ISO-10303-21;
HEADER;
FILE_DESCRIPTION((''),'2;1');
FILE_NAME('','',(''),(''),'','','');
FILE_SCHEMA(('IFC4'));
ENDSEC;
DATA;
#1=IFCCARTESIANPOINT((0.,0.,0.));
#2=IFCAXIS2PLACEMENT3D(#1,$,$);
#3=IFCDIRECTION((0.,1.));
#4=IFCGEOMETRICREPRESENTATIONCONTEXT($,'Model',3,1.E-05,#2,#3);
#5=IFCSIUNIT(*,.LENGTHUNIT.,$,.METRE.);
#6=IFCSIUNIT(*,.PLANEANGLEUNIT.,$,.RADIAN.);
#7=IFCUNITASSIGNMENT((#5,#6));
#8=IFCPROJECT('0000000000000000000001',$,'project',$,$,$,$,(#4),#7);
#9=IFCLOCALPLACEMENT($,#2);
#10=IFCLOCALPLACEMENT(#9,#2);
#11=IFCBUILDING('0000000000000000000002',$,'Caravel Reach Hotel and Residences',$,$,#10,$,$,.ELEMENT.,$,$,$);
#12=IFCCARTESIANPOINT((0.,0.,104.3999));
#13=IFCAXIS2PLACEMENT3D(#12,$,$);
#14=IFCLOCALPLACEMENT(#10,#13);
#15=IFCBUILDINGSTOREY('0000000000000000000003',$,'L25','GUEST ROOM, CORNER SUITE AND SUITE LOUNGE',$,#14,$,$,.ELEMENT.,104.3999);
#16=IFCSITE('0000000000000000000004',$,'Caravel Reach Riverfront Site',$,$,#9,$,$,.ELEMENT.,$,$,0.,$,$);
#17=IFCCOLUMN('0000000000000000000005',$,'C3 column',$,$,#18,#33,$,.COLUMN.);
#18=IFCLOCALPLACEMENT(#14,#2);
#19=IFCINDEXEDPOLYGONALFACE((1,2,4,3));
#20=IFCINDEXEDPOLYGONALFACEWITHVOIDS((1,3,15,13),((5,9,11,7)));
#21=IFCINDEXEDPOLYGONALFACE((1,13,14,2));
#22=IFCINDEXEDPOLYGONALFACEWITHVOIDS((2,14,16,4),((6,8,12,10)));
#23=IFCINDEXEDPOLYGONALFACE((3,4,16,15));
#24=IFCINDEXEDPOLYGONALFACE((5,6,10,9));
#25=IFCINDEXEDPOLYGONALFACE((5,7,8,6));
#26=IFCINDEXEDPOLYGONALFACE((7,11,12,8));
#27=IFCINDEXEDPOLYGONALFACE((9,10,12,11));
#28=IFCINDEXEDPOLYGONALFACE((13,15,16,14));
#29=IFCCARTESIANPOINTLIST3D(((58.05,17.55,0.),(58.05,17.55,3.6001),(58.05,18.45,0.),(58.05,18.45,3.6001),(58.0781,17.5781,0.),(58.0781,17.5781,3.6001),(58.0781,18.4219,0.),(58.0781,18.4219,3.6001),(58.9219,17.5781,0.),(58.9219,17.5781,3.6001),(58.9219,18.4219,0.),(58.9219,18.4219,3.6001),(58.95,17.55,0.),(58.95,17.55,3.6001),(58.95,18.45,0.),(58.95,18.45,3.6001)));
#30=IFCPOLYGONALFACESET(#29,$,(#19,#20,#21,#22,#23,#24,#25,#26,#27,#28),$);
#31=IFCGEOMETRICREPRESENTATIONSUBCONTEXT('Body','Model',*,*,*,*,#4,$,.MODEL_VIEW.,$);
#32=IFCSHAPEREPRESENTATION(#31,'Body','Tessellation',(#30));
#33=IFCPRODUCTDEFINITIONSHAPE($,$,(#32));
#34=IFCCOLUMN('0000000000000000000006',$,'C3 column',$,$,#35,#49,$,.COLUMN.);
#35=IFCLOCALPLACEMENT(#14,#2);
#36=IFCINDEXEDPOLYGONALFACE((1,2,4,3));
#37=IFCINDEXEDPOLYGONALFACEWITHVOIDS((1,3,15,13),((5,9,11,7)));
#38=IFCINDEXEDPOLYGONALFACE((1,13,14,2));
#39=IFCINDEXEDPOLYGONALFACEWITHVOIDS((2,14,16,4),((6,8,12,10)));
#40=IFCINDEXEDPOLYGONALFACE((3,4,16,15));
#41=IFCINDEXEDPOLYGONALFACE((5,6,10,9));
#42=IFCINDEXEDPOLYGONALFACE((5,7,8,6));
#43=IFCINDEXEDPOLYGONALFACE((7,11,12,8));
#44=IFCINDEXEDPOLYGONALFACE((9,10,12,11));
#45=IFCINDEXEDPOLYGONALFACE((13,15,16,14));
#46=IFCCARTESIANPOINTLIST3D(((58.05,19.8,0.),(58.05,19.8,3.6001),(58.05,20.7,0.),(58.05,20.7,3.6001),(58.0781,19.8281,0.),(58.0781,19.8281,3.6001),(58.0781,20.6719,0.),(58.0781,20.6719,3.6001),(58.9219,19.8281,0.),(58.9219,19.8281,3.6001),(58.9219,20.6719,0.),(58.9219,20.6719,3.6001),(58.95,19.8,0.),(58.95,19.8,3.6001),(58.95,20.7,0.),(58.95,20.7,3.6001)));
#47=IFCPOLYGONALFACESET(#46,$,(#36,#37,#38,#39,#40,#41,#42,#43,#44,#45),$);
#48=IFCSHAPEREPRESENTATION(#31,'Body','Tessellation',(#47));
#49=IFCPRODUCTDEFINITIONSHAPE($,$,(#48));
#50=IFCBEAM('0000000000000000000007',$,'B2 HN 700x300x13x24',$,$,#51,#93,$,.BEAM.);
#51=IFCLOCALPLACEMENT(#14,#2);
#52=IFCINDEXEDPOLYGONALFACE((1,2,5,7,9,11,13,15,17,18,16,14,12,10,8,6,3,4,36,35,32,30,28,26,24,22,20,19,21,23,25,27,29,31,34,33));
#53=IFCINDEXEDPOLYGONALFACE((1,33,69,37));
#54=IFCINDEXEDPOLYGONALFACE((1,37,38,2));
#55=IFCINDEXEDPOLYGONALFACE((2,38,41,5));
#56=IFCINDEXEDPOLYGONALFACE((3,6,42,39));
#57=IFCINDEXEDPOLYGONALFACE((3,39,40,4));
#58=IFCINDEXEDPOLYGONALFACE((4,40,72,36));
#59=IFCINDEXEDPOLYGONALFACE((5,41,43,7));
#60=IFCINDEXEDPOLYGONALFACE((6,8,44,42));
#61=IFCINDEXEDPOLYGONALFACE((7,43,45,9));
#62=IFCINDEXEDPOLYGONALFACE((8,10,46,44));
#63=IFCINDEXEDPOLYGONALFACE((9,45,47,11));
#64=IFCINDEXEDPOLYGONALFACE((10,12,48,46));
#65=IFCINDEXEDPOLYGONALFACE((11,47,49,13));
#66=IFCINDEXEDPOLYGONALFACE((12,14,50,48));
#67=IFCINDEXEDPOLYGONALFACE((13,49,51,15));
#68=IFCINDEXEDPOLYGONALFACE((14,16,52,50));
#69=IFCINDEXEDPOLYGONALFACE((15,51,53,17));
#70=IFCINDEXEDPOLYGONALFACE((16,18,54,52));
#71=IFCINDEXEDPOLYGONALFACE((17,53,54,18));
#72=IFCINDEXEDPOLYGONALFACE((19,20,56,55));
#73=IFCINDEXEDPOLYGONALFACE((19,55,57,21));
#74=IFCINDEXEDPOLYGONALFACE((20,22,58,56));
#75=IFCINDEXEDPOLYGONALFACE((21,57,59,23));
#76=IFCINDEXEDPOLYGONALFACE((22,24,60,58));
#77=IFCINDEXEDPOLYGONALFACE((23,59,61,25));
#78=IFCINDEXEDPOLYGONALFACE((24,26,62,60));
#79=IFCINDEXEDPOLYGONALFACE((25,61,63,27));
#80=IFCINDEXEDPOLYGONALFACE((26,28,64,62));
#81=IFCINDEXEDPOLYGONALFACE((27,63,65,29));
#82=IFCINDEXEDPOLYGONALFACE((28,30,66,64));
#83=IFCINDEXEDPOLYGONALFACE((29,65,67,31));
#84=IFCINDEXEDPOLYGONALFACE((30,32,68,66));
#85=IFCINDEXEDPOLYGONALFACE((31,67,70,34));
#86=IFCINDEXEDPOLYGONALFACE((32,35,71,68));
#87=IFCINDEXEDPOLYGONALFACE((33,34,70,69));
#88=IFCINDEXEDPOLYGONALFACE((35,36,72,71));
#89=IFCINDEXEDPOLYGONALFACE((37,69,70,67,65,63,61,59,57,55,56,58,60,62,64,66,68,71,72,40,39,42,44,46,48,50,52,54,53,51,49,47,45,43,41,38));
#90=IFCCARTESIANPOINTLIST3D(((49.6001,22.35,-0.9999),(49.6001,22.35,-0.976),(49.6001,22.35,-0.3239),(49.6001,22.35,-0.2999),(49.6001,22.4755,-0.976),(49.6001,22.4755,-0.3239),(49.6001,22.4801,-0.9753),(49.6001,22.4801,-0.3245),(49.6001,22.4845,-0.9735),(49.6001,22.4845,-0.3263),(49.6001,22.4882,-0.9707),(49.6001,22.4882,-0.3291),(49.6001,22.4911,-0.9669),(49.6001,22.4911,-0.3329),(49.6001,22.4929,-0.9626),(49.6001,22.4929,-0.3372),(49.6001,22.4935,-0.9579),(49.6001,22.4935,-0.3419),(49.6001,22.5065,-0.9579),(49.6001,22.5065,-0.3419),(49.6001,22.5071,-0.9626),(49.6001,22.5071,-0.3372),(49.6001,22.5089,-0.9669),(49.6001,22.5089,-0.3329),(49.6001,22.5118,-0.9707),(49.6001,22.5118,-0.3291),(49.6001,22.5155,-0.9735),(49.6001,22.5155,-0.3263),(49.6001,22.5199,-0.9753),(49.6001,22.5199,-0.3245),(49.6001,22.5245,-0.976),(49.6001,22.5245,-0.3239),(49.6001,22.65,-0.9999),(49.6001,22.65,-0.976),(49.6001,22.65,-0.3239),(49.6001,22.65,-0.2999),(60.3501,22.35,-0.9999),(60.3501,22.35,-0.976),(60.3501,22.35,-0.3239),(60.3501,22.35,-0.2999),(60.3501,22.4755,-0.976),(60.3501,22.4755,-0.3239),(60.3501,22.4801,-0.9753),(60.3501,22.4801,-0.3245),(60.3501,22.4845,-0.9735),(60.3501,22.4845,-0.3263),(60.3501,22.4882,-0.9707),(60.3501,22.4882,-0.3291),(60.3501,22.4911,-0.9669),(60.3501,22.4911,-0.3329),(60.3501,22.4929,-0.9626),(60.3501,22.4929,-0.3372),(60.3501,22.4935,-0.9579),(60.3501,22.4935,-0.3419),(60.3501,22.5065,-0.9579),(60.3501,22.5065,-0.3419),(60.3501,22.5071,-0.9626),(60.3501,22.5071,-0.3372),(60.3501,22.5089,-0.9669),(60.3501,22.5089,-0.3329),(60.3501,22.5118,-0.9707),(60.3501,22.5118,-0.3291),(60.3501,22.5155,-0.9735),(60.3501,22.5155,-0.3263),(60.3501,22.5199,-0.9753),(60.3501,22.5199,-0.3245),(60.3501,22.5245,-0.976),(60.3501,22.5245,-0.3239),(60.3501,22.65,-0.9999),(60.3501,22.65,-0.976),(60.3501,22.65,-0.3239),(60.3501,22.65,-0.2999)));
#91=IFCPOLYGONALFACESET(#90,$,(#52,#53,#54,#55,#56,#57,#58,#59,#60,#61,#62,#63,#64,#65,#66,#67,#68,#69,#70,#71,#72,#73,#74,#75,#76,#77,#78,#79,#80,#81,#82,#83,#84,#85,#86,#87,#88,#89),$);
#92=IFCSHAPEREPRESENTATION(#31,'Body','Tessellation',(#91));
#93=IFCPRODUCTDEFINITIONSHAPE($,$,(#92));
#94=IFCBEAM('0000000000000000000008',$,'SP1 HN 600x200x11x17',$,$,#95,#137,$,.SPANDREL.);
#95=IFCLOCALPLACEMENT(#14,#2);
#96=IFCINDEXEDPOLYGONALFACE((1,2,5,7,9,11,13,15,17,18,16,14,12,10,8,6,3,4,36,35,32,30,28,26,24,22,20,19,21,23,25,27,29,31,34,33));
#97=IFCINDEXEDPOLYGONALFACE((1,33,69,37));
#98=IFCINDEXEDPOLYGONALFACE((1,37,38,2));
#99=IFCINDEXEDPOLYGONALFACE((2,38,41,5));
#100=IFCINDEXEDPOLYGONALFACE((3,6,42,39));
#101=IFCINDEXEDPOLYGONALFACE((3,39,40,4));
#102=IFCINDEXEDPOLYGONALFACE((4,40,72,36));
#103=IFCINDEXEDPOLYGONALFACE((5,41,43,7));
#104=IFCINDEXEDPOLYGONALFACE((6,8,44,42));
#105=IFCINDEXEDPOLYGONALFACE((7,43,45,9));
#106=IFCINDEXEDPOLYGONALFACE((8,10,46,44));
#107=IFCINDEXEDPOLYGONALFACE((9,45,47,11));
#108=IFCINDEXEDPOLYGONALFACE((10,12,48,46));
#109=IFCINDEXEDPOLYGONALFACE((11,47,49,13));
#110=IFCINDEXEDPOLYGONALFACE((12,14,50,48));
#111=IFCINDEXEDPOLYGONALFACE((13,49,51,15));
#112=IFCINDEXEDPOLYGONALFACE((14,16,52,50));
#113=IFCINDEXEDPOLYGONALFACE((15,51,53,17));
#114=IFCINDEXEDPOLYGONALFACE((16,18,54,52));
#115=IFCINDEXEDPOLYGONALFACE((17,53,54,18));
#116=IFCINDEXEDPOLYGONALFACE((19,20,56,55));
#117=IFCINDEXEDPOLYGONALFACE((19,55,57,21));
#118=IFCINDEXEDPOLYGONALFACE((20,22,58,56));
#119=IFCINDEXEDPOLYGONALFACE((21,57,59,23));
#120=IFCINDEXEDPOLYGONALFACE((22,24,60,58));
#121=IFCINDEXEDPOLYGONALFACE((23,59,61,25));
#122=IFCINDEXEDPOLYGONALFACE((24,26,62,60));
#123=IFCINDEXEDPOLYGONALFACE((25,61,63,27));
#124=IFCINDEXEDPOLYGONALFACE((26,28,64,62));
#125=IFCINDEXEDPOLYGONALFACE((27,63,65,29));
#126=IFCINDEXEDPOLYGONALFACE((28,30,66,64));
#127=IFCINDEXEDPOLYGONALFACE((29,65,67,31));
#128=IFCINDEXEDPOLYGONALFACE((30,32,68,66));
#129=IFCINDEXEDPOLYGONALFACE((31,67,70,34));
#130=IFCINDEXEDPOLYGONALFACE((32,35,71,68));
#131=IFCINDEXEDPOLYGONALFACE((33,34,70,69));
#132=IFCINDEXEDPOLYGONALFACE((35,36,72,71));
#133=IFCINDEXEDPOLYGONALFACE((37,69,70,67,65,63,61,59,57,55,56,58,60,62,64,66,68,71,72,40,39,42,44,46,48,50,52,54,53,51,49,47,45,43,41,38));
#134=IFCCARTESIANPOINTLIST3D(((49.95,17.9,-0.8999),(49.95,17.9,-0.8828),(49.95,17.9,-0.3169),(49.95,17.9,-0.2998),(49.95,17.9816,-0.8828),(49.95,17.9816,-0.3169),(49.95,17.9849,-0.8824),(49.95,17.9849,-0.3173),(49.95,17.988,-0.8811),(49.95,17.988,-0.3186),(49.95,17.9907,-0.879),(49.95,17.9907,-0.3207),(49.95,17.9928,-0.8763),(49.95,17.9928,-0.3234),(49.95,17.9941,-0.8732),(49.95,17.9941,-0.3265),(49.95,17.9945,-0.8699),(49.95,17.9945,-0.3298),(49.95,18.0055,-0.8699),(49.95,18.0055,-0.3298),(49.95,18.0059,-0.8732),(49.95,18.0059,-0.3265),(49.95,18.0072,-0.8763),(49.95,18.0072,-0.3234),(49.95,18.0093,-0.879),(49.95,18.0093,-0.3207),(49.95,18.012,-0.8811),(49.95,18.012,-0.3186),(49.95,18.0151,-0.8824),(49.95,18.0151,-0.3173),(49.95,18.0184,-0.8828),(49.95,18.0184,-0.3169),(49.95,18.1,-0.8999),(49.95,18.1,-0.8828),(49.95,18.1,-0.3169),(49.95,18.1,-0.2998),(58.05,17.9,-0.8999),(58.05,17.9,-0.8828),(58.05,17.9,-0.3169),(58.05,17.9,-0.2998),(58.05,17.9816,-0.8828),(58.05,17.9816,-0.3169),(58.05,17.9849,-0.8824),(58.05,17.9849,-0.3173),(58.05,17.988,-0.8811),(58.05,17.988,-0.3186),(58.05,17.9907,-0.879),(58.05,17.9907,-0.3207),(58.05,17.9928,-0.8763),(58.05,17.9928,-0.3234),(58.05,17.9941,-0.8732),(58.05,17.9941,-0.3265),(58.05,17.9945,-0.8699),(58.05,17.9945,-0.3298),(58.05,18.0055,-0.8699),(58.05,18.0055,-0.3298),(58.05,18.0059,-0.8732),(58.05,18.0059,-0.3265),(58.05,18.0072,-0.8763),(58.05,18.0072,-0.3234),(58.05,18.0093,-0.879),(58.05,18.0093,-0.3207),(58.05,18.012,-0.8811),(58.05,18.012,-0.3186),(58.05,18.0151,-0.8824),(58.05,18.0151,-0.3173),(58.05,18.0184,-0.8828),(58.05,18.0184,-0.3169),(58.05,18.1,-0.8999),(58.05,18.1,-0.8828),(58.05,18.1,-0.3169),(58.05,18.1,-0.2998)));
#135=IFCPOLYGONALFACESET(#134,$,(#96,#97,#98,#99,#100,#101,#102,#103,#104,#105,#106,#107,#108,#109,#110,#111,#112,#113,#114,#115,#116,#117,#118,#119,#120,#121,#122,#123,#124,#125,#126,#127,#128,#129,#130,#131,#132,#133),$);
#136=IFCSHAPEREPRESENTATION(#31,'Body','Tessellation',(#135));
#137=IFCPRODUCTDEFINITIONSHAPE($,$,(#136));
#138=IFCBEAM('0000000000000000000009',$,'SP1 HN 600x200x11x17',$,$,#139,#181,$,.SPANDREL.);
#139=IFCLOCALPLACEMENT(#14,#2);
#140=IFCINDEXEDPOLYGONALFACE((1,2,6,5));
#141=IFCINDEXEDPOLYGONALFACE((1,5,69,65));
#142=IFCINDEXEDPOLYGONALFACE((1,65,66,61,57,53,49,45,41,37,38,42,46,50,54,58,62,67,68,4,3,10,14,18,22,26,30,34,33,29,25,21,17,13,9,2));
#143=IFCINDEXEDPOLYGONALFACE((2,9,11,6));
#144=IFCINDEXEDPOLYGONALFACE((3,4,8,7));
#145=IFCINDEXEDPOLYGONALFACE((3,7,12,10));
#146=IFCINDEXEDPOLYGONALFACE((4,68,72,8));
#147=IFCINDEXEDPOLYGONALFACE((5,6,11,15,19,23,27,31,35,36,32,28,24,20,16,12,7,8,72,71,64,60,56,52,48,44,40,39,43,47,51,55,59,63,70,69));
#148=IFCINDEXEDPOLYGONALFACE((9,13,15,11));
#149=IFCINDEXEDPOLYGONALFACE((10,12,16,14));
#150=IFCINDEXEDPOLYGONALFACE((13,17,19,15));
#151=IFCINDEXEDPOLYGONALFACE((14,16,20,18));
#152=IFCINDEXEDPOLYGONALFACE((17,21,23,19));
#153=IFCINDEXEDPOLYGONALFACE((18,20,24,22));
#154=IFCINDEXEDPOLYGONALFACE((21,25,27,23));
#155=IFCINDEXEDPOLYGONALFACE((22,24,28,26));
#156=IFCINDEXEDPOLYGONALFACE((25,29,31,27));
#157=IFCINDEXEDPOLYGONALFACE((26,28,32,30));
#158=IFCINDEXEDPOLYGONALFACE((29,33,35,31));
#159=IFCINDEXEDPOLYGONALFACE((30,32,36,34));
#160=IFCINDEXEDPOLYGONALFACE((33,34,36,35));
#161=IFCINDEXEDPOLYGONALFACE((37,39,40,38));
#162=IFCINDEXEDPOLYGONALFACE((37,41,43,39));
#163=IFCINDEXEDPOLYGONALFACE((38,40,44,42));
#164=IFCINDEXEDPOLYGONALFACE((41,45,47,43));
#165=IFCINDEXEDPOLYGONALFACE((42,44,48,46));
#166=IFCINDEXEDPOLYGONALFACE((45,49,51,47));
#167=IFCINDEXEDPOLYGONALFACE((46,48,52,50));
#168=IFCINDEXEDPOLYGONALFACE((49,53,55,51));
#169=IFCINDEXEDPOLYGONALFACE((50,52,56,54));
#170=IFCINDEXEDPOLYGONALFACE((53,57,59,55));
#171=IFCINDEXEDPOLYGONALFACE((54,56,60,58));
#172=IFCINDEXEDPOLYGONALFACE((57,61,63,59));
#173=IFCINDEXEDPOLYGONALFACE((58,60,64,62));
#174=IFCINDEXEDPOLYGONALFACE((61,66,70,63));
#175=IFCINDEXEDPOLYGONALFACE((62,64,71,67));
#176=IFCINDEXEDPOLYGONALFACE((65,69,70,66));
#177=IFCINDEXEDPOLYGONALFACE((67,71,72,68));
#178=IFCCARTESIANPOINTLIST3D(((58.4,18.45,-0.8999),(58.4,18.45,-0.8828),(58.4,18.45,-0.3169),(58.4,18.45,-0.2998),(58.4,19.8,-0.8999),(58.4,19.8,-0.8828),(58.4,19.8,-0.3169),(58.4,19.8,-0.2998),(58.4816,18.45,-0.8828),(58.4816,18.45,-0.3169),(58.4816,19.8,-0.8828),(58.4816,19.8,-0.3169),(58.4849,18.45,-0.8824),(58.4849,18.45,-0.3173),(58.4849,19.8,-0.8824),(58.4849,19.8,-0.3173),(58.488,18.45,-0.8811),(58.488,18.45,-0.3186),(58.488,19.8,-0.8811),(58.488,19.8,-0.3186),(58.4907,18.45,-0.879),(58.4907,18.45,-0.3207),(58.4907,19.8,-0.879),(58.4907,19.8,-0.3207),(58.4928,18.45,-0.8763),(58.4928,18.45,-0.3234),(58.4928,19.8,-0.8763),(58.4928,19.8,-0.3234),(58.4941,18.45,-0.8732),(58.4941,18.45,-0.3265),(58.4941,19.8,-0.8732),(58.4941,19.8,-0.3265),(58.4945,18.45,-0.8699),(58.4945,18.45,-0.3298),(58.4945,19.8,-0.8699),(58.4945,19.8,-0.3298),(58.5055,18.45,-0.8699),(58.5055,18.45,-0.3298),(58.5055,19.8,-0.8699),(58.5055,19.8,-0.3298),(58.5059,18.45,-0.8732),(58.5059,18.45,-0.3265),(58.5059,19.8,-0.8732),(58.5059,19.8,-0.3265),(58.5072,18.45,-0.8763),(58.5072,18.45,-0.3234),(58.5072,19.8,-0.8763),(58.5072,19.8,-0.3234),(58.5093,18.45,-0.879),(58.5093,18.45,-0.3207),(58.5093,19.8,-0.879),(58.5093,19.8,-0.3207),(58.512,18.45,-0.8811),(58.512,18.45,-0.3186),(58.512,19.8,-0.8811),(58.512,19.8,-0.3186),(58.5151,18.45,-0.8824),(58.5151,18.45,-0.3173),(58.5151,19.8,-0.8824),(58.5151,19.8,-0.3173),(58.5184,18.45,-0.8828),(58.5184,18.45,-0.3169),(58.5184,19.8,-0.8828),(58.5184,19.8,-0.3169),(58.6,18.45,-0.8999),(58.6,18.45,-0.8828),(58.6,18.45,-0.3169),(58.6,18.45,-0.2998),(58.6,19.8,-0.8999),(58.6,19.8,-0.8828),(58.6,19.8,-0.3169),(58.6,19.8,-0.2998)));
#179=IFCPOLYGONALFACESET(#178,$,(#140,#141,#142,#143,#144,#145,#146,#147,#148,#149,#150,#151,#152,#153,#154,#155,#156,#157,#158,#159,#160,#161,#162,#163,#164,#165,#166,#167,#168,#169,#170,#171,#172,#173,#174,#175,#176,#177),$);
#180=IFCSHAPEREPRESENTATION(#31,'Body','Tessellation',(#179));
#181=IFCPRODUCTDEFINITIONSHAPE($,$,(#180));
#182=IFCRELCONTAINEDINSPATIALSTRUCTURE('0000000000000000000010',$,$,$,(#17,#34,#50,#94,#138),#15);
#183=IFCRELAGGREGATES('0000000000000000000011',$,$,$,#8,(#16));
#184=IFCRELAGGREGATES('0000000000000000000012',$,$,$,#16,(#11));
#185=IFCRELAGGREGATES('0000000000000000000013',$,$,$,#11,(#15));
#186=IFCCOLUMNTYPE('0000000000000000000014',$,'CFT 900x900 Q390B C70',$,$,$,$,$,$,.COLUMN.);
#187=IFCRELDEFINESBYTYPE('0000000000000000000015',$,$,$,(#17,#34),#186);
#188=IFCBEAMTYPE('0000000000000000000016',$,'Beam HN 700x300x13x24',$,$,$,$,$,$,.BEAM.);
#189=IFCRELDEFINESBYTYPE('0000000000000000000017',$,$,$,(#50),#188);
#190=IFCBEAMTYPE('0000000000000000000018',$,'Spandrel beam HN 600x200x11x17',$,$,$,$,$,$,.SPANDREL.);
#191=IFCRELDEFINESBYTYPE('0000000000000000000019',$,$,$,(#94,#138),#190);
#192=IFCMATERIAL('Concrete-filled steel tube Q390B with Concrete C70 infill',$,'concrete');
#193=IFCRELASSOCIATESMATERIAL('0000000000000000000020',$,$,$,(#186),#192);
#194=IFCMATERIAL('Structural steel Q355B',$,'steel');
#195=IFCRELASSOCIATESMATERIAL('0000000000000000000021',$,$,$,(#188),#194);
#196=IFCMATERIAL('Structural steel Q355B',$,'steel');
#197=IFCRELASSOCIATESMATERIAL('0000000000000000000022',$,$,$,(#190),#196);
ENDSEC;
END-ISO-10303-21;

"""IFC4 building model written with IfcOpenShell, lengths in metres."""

from ifc_helpers import new_model, si_unit, direction, frame, origin, origin_2d, place, context, subcontext, project, spatial, hollow_rectangle, i_section, extrude, material, material_profile, profile_set, type_object, element, save


model = new_model("IFC4")

# Units and contexts
model_context = context("Model", 3, precision=1e-05, world=origin(), true_north=direction((0.0, 1.0)))
body_context = subcontext(model_context, "Body", "Model", "MODEL_VIEW")
ifc_project = project(units=[si_unit("LENGTHUNIT", "METRE"), si_unit("PLANEANGLEUNIT", "RADIAN")], contexts=[model_context])

# Site, building, storey
site_placement = place(None, origin())
site = spatial("IfcSite", under=ifc_project, at=site_placement, Name="Caravel Reach Riverfront Site", CompositionType="ELEMENT", RefElevation=0.0)
building_placement = place(site_placement, origin())
building = spatial("IfcBuilding", under=site, at=building_placement, Name="Caravel Reach Hotel and Residences", CompositionType="ELEMENT")
storey_placement = place(building_placement, frame((0.0, 0.0, 104.3999)))
storey = spatial("IfcBuildingStorey", under=building, at=storey_placement, Name="L25", Description="GUEST ROOM, CORNER SUITE AND SUITE LOUNGE", CompositionType="ELEMENT", Elevation=104.3999)

# Columns
ifc_material_1 = material(Name="Concrete-filled steel tube Q390B with Concrete C70 infill", Category="concrete")
ifc_material_profile_1 = material_profile(ifc_material_1, hollow_rectangle(XDim=0.8999, YDim=0.8999, WallThickness=0.0281, at=origin_2d()), Name="RHS 900x900x28")
ifc_profile_set_1 = profile_set([ifc_material_profile_1], Name="Concrete-filled steel tube Q390B with Concrete C70 infill")
column_type = type_object("IfcColumnType", Name="CFT 900x900 Q390B C70", PredefinedType="COLUMN", material=ifc_profile_set_1)
for number, where, z_axis, x_axis, name in (
    (1, (58.5, 18.0, 0.0), (0.0, 0.0, 1.0), (1.0, 0.0, 0.0), "C3 column"),
    (2, (58.5, 20.25, 0.0), (0.0, 0.0, 1.0), (1.0, 0.0, 0.0), "C3 column"),
):
    element("IfcColumn", number, at=place(storey_placement, frame(where, z_axis=z_axis, x_axis=x_axis)), inside=storey, type_object=column_type, Name=name, PredefinedType="COLUMN", context=body_context, shape_type="SweptSolid", body=[
        extrude(hollow_rectangle(XDim=0.8999, YDim=0.8999, WallThickness=0.0281, at=origin_2d()), origin(), (0.0, 0.0, 1.0), 3.6001),
    ])

# Beams
ifc_material_2 = material(Name="Structural steel Q355B", Category="steel")
ifc_material_profile_2 = material_profile(ifc_material_2, i_section(OverallWidth=0.3, OverallDepth=0.7, WebThickness=0.0129, FlangeThickness=0.0239, FilletRadius=0.0181, at=origin_2d()), Name="HN 700x300x13x24")
ifc_profile_set_2 = profile_set([ifc_material_profile_2], Name="Structural steel Q355B")
beam_type_1 = type_object("IfcBeamType", Name="Beam HN 700x300x13x24", PredefinedType="BEAM", material=ifc_profile_set_2)
beam_1_placement = place(storey_placement, frame((49.6001, 22.5, -0.6499), z_axis=(1.0, 0.0, 0.0), x_axis=(0.0, 1.0, 0.0)))
element("IfcBeam", 3, at=beam_1_placement, inside=storey, type_object=beam_type_1, Name="B2 HN 700x300x13x24", PredefinedType="BEAM", context=body_context, shape_type="SweptSolid", body=[
    extrude(i_section(OverallWidth=0.3, OverallDepth=0.7, WebThickness=0.0129, FlangeThickness=0.0239, FilletRadius=0.0181, at=origin_2d()), origin(), (0.0, 0.0, 1.0), 10.75),
])
ifc_material_3 = material(Name="Structural steel Q355B", Category="steel")
ifc_material_profile_3 = material_profile(ifc_material_3, i_section(OverallWidth=0.2, OverallDepth=0.6001, WebThickness=0.011, FlangeThickness=0.0171, FilletRadius=0.0129, at=origin_2d()), Name="HN 600x200x11x17")
ifc_profile_set_3 = profile_set([ifc_material_profile_3], Name="Structural steel Q355B")
beam_type_2 = type_object("IfcBeamType", Name="Spandrel beam HN 600x200x11x17", PredefinedType="SPANDREL", material=ifc_profile_set_3)
beam_2_placement = place(storey_placement, frame((49.95, 18.0, -0.5999), z_axis=(1.0, 0.0, 0.0), x_axis=(0.0, 1.0, 0.0)))
element("IfcBeam", 4, at=beam_2_placement, inside=storey, type_object=beam_type_2, Name="SP1 HN 600x200x11x17", PredefinedType="SPANDREL", context=body_context, shape_type="SweptSolid", body=[
    extrude(i_section(OverallWidth=0.2, OverallDepth=0.6001, WebThickness=0.011, FlangeThickness=0.0171, FilletRadius=0.0129, at=origin_2d()), origin(), (0.0, 0.0, 1.0), 8.1001),
])
beam_3_placement = place(storey_placement, frame((58.5, 18.45, -0.5999), z_axis=(0.0, 1.0, 0.0), x_axis=(-1.0, 0.0, 0.0)))
element("IfcBeam", 5, at=beam_3_placement, inside=storey, type_object=beam_type_2, Name="SP1 HN 600x200x11x17", PredefinedType="SPANDREL", context=body_context, shape_type="SweptSolid", body=[
    extrude(i_section(OverallWidth=0.2, OverallDepth=0.6001, WebThickness=0.011, FlangeThickness=0.0171, FilletRadius=0.0129, at=origin_2d()), origin(), (0.0, 0.0, 1.0), 1.3501),
])

save(model, "model.ifc")
